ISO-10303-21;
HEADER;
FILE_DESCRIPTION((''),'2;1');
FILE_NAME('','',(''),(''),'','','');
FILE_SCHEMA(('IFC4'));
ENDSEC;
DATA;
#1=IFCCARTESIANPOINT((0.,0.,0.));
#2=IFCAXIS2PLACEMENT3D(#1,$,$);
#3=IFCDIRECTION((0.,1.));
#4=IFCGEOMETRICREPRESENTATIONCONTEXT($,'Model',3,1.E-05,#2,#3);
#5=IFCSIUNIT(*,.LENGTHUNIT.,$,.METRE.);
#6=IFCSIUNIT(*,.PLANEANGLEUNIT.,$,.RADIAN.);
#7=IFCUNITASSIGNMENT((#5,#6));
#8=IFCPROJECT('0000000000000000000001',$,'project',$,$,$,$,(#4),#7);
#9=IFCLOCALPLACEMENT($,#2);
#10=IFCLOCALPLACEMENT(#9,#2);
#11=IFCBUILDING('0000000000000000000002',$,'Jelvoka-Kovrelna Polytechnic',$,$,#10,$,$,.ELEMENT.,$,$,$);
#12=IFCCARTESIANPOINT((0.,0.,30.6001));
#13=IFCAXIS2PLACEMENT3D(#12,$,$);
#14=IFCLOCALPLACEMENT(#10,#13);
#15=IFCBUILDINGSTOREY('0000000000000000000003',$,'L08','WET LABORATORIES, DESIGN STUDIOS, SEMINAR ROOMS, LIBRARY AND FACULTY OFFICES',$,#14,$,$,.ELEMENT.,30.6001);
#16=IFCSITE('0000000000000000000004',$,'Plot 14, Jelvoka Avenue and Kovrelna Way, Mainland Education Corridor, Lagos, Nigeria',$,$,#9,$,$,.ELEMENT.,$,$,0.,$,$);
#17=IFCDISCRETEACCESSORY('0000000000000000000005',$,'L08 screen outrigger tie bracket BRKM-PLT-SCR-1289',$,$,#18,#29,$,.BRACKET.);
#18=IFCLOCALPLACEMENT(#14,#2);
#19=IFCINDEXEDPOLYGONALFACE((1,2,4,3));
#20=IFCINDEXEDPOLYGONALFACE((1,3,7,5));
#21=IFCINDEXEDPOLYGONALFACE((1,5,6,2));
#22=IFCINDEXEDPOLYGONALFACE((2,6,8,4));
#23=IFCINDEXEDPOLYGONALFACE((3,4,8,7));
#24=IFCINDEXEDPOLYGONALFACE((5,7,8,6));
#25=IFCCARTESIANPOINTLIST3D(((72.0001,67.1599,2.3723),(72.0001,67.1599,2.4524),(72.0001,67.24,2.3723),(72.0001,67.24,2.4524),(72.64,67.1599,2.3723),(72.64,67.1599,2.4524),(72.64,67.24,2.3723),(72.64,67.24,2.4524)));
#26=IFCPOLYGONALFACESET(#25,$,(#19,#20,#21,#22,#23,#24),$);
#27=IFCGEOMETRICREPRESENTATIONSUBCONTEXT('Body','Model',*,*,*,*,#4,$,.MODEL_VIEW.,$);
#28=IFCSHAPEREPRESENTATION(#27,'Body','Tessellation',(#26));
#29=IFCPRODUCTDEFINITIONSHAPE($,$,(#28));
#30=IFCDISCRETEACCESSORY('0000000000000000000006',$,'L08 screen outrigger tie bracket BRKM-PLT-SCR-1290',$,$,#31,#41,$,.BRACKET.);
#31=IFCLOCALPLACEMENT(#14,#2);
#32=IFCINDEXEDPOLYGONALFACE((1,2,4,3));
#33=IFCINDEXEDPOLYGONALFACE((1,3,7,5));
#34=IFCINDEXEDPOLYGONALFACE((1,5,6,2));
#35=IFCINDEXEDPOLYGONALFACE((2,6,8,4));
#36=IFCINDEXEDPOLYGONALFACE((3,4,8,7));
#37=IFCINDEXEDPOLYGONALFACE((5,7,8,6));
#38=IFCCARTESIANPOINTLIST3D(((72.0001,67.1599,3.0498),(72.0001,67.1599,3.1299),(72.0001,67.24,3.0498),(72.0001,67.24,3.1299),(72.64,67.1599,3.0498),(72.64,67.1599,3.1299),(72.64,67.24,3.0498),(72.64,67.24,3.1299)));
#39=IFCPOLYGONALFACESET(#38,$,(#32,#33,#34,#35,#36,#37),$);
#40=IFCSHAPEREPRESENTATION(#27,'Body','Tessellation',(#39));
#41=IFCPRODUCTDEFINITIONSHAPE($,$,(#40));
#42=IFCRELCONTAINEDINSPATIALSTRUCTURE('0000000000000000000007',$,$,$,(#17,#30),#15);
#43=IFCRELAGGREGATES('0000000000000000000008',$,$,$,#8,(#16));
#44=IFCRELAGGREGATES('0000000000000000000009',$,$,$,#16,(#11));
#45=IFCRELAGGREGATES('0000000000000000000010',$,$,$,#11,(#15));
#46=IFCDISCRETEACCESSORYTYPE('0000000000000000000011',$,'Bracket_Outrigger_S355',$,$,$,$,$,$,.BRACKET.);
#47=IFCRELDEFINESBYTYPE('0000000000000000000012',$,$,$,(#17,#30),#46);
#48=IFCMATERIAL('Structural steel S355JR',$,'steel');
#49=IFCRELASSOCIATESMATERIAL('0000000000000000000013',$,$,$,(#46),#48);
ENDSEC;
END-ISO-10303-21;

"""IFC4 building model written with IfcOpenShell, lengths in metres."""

from ifc_helpers import new_model, si_unit, direction, frame, origin, origin_2d, place, context, subcontext, project, spatial, rectangle, extrude, material, type_object, element, save


model = new_model("IFC4")

# Units and contexts
model_context = context("Model", 3, precision=1e-05, world=origin(), true_north=direction((0.0, 1.0)))
body_context = subcontext(model_context, "Body", "Model", "MODEL_VIEW")
ifc_project = project(units=[si_unit("LENGTHUNIT", "METRE"), si_unit("PLANEANGLEUNIT", "RADIAN")], contexts=[model_context])

# Site, building, storey
site_placement = place(None, origin())
site = spatial("IfcSite", under=ifc_project, at=site_placement, Name="Plot 14, Jelvoka Avenue and Kovrelna Way, Mainland Education Corridor, Lagos, Nigeria", CompositionType="ELEMENT", RefElevation=0.0)
building_placement = place(site_placement, origin())
building = spatial("IfcBuilding", under=site, at=building_placement, Name="Jelvoka-Kovrelna Polytechnic", CompositionType="ELEMENT")
storey_placement = place(building_placement, frame((0.0, 0.0, 30.6001)))
storey = spatial("IfcBuildingStorey", under=building, at=storey_placement, Name="L08", Description="WET LABORATORIES, DESIGN STUDIOS, SEMINAR ROOMS, LIBRARY AND FACULTY OFFICES", CompositionType="ELEMENT", Elevation=30.6001)

# Discrete accessories
ifc_material_1 = material(Name="Structural steel S355JR", Category="steel")
discrete_accessory_type = type_object("IfcDiscreteAccessoryType", Name="Bracket_Outrigger_S355", PredefinedType="BRACKET", material=ifc_material_1)
for number, where, z_axis, x_axis, name in (
    (1, (72.3201, 67.2, 2.3723), (0.0, 0.0, 1.0), (1.0, 0.0, 0.0), "L08 screen outrigger tie bracket BRKM-PLT-SCR-1289"),
    (2, (72.3201, 67.2, 3.0498), (0.0, 0.0, 1.0), (1.0, 0.0, 0.0), "L08 screen outrigger tie bracket BRKM-PLT-SCR-1290"),
):
    element("IfcDiscreteAccessory", number, at=place(storey_placement, frame(where, z_axis=z_axis, x_axis=x_axis)), inside=storey, type_object=discrete_accessory_type, Name=name, PredefinedType="BRACKET", context=body_context, shape_type="SweptSolid", body=[
        extrude(rectangle(XDim=0.6399, YDim=0.0801, at=origin_2d()), origin(), (0.0, 0.0, 1.0), 0.0801),
    ])

save(model, "model.ifc")
